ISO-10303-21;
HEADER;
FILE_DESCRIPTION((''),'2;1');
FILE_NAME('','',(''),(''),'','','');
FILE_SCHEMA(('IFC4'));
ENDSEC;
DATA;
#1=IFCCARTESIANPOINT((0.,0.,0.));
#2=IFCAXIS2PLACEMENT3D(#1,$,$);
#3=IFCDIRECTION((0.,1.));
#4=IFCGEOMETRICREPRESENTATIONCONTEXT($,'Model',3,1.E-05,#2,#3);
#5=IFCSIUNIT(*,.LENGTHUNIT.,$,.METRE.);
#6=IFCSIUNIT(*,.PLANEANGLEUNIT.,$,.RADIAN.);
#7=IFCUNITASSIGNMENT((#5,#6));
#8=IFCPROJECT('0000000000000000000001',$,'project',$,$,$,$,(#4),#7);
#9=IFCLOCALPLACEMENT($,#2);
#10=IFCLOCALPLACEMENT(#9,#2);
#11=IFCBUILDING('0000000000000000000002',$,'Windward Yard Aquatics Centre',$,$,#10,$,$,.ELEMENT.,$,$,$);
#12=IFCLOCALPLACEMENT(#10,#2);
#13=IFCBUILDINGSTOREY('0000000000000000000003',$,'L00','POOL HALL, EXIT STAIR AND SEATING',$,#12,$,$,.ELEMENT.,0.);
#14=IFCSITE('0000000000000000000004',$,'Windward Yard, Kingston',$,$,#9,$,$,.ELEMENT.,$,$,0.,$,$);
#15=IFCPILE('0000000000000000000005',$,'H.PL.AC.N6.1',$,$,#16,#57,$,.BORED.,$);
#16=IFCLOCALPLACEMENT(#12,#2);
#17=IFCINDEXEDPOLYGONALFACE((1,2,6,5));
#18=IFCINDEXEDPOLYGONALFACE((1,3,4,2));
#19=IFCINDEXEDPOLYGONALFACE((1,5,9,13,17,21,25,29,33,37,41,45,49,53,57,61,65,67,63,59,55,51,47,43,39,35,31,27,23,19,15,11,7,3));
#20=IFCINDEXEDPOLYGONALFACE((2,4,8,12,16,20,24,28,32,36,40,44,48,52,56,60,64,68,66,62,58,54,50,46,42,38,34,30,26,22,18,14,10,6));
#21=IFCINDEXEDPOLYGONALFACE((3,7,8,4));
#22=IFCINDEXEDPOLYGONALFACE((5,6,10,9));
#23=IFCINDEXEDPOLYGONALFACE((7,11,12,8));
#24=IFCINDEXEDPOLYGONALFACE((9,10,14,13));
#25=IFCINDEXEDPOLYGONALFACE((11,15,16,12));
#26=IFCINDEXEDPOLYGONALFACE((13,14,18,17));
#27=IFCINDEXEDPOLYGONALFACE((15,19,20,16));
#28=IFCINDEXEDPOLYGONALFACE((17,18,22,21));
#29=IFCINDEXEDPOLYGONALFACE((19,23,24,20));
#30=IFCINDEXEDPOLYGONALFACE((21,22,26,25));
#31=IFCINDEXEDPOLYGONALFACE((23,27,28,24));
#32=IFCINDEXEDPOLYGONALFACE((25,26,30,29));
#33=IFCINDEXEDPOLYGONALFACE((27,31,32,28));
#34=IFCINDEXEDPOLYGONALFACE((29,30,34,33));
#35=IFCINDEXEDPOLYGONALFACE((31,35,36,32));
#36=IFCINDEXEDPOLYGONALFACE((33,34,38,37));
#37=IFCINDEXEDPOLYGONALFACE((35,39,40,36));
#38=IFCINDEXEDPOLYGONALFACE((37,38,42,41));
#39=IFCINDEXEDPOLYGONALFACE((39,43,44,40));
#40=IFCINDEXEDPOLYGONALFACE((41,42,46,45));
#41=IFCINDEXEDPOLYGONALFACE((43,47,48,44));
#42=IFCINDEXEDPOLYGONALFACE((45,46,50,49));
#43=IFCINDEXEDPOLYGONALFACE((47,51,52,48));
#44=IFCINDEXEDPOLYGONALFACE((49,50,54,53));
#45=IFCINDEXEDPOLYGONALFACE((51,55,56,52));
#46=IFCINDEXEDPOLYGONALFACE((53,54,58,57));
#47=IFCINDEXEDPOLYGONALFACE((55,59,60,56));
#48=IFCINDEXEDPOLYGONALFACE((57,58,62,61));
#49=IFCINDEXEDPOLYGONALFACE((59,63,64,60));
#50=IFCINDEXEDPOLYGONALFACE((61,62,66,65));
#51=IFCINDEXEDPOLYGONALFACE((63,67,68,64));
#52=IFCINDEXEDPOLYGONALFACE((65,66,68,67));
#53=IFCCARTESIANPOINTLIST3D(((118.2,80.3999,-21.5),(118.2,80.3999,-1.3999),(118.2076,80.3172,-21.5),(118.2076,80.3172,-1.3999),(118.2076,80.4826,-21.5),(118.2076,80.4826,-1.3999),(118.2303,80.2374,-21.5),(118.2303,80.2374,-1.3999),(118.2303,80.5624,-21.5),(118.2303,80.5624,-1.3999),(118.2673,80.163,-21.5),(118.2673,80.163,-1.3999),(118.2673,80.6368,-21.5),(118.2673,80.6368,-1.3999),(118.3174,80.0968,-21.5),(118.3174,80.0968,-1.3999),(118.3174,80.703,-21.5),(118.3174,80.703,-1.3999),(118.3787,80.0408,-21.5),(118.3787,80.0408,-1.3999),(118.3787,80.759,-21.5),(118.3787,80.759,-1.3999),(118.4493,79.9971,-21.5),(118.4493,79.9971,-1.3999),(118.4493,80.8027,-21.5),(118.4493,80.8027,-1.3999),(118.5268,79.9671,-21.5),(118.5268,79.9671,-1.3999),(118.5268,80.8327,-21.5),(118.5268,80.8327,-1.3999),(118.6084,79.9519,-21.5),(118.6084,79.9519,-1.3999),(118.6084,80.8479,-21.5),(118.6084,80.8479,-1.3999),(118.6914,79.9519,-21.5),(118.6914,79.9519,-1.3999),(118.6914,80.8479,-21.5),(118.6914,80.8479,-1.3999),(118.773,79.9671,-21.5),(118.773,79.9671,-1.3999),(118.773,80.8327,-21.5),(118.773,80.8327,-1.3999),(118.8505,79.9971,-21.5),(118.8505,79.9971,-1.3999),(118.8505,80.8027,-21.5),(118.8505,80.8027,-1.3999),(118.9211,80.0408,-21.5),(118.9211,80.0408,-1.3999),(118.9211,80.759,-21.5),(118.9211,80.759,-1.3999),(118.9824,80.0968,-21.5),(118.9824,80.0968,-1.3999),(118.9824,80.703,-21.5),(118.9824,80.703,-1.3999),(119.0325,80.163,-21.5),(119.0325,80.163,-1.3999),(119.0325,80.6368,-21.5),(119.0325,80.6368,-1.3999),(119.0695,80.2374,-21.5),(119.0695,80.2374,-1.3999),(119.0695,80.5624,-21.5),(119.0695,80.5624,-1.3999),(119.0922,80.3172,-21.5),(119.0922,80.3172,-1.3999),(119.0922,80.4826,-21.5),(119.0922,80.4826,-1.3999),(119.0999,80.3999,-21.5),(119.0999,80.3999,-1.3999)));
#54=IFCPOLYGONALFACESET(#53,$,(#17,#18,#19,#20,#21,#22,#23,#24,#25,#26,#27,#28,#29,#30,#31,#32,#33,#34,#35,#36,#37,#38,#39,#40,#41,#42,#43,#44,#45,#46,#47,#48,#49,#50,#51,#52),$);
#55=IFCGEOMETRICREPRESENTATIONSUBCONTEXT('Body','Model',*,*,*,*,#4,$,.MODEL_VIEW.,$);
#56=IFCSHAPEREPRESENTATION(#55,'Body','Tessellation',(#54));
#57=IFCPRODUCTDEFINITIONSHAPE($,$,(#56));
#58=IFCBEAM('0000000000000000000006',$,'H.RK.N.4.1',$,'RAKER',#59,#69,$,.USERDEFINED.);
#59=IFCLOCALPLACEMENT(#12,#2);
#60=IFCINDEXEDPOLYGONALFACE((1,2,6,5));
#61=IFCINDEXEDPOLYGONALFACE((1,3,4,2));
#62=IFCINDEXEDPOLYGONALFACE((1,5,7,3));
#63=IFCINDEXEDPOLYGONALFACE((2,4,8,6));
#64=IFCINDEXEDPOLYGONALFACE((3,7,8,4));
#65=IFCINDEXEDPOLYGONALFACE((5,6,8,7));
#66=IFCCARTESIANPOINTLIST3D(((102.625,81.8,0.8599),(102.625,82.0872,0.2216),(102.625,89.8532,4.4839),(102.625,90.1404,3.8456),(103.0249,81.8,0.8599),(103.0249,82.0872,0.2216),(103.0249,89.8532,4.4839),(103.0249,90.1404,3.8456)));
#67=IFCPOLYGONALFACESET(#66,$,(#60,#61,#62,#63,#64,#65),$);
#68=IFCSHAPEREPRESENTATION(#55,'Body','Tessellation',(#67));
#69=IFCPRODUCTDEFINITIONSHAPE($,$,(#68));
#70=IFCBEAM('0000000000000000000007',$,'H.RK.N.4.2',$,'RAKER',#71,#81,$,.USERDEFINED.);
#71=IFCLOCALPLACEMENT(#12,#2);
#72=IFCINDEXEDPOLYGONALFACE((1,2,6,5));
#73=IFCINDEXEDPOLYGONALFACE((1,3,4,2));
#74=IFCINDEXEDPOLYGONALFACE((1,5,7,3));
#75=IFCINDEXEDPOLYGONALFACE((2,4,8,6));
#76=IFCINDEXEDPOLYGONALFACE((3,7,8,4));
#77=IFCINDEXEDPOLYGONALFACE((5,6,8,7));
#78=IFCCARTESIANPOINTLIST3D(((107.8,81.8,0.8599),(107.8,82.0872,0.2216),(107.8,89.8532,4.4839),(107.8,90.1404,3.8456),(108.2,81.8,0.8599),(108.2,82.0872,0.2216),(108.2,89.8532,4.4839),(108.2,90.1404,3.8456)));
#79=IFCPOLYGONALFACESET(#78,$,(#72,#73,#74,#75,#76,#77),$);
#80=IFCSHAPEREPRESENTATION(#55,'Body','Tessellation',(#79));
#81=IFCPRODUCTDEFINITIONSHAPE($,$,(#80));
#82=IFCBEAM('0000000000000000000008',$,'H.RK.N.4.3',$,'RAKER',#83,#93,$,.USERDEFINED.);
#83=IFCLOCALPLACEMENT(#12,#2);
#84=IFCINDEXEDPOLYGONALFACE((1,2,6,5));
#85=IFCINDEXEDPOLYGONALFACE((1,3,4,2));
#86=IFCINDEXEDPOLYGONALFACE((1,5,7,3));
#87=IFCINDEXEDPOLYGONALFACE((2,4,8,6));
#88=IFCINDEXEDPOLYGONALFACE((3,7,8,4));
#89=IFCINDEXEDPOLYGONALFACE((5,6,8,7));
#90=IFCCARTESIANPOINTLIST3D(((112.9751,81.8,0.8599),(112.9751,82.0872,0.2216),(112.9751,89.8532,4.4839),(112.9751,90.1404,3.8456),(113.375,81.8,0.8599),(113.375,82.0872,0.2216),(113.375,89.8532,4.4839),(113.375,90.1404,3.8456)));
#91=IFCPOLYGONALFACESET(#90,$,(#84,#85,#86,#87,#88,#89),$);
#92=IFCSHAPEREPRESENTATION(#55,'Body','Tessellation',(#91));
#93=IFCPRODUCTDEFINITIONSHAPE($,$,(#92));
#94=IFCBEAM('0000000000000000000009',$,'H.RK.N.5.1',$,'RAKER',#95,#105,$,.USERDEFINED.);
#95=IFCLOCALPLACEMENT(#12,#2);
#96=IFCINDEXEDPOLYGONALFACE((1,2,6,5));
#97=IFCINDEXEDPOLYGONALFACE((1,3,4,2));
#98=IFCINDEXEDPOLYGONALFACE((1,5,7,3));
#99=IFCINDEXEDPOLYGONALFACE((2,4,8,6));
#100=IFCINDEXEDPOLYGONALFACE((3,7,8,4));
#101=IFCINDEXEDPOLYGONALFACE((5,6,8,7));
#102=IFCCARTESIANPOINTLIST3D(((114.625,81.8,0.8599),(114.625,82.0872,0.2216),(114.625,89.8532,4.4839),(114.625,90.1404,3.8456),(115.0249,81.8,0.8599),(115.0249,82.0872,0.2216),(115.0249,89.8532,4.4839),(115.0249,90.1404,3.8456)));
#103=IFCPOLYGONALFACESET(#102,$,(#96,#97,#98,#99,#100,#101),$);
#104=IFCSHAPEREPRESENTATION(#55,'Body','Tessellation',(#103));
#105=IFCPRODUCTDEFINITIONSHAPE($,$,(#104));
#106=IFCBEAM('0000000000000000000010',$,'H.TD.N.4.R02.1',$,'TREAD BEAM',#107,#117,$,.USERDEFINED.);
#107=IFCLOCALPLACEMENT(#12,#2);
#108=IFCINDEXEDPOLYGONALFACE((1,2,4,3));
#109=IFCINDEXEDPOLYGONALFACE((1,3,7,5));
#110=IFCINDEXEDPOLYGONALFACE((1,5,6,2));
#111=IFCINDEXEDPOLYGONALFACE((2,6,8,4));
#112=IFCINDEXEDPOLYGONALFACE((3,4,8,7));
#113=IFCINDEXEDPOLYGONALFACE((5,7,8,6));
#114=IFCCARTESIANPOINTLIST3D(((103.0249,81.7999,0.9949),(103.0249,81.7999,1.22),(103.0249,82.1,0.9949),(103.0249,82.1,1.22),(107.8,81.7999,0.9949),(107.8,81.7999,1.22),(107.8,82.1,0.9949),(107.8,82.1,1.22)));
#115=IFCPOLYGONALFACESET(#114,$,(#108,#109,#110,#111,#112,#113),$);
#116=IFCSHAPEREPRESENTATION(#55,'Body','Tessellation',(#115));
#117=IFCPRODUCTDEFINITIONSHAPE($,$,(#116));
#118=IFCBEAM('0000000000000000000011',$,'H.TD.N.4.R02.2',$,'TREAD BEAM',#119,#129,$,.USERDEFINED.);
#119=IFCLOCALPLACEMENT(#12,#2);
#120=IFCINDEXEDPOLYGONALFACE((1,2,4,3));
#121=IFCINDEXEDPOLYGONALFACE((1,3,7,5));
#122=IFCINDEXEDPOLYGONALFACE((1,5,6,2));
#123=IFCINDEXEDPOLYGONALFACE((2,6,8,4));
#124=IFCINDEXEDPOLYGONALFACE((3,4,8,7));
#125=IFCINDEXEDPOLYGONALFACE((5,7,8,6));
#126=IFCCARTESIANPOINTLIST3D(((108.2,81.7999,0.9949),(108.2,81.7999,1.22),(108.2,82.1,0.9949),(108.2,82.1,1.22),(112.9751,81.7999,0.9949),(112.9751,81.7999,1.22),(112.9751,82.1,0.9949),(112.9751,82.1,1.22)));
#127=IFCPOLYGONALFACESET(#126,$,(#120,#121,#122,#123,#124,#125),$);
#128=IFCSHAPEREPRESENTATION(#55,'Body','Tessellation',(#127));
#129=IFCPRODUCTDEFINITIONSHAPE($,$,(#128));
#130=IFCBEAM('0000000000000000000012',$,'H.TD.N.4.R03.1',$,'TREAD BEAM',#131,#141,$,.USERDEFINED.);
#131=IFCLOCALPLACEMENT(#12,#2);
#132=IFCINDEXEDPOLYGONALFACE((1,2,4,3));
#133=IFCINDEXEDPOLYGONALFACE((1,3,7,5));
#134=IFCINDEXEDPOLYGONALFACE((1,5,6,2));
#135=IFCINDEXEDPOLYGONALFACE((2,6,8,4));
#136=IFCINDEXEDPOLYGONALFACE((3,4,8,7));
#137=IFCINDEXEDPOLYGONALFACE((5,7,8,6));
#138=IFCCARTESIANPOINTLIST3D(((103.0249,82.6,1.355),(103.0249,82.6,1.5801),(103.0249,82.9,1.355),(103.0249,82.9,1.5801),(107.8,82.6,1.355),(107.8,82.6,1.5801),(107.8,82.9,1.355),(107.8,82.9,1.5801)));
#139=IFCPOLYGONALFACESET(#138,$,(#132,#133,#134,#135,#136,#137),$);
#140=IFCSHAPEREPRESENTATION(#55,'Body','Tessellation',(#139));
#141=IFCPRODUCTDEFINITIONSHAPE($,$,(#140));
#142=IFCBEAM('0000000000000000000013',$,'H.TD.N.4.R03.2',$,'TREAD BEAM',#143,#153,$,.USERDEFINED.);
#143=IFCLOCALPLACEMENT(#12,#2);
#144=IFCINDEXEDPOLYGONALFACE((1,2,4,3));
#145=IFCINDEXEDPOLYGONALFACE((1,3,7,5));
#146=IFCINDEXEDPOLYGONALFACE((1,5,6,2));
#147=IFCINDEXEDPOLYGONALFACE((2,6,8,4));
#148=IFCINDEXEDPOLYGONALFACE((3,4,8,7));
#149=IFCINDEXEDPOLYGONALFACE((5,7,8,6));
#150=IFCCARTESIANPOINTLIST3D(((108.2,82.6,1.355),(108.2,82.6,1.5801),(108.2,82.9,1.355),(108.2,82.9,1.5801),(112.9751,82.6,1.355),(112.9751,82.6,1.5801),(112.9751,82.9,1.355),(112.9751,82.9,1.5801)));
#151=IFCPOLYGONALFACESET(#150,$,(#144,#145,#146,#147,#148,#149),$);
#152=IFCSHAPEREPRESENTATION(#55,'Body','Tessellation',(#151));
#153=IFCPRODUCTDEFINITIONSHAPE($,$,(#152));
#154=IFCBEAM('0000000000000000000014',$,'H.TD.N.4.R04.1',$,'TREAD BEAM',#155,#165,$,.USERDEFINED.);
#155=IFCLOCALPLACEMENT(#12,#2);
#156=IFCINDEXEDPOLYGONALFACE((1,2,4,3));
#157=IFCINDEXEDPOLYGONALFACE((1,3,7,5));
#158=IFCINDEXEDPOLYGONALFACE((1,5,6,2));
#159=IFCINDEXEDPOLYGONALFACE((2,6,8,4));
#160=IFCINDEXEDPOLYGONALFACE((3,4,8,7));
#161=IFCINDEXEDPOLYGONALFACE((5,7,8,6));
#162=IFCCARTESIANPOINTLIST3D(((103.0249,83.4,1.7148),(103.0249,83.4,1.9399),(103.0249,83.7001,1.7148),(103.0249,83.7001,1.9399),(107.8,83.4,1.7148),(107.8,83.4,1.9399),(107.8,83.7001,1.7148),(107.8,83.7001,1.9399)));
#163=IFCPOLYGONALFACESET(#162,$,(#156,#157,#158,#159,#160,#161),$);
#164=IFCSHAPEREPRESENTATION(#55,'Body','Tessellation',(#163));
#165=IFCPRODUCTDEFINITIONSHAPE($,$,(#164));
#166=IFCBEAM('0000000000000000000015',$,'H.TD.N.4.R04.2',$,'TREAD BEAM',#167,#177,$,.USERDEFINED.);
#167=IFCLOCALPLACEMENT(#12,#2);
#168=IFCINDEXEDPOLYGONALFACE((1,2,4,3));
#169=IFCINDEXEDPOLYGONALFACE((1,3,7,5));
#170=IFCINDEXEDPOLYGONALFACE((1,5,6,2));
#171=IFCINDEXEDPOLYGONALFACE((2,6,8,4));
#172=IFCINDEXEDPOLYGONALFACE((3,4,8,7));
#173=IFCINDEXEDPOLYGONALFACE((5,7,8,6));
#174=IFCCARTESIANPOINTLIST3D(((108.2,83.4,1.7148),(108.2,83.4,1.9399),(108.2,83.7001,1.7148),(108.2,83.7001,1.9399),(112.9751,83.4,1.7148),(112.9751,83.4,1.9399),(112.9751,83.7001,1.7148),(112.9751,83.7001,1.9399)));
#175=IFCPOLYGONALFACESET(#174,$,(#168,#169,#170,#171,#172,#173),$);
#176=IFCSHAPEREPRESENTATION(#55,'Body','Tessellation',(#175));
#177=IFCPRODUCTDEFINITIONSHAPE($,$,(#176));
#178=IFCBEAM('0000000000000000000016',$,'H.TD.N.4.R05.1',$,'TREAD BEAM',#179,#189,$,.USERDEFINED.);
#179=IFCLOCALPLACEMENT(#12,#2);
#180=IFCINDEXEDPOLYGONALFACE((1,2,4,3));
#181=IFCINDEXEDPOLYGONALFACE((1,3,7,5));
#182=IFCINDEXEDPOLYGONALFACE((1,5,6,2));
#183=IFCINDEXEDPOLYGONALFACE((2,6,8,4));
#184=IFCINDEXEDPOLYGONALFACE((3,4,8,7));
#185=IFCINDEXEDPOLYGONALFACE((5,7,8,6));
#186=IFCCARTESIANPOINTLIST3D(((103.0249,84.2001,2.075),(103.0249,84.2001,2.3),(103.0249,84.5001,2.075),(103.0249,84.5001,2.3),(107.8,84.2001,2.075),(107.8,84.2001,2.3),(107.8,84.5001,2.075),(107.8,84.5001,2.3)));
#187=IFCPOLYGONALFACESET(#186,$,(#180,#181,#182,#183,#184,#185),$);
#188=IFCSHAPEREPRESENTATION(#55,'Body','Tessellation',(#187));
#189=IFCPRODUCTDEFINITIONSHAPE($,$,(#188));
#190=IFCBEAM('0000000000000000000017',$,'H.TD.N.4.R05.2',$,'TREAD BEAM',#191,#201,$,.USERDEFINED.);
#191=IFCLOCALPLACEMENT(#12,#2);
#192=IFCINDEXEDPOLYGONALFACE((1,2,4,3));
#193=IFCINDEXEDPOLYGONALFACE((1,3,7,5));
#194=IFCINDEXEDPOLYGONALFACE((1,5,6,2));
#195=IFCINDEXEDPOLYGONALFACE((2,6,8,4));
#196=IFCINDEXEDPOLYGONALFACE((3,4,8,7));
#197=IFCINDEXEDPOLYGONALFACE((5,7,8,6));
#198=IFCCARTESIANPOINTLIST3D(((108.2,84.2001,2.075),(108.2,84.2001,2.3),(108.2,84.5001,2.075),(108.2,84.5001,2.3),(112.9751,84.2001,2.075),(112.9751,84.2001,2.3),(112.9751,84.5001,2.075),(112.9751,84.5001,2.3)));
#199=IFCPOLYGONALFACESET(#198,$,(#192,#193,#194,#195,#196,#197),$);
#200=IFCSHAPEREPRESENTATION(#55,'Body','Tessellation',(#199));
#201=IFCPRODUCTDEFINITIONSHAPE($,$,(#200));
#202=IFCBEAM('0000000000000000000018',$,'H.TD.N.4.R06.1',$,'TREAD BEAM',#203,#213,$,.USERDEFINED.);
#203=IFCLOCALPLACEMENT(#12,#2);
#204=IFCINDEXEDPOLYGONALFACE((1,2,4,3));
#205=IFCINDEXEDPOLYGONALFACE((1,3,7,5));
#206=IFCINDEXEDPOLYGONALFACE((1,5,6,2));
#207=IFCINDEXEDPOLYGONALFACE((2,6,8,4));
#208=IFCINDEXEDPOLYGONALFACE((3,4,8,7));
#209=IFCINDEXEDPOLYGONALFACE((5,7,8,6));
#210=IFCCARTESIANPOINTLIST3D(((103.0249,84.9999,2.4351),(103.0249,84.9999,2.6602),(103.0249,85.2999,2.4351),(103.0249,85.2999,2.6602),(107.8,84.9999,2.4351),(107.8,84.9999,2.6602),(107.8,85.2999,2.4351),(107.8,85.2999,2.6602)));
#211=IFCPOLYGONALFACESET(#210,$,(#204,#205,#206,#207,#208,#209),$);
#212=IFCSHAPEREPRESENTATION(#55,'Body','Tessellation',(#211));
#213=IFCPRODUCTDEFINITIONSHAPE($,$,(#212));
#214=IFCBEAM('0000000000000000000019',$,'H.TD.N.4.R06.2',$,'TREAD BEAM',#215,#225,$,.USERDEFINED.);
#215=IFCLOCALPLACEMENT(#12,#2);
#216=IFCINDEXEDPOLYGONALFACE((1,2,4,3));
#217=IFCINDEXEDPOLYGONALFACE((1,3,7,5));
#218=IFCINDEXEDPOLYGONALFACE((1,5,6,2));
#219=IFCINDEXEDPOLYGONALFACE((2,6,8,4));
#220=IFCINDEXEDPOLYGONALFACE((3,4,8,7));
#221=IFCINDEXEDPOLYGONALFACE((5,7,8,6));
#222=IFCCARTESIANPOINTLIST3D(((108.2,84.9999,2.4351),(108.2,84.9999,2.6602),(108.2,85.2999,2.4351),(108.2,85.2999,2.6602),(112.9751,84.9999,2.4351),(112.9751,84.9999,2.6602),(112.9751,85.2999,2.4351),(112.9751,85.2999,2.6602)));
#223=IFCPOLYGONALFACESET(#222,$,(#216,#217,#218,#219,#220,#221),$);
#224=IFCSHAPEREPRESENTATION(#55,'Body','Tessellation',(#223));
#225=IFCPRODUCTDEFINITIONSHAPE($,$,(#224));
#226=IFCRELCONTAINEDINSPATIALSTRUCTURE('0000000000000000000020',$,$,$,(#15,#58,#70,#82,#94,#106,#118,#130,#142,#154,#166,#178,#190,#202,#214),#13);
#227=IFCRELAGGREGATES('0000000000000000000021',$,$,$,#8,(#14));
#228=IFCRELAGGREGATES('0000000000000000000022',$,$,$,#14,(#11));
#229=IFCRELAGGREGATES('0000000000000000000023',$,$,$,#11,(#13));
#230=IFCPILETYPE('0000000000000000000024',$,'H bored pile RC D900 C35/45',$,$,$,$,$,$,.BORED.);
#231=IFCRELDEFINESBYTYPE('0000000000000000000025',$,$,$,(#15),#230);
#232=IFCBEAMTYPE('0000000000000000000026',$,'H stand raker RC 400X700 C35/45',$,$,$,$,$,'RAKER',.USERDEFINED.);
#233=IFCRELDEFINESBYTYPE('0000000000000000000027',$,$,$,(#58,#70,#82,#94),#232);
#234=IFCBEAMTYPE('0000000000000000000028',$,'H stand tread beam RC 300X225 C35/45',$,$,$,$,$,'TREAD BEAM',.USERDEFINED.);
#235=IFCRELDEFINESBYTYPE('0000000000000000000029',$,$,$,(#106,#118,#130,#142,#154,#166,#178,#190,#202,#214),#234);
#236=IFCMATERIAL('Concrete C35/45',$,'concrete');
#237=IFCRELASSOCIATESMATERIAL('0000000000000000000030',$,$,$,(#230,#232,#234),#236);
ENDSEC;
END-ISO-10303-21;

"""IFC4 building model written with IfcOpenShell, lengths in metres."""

from ifc_helpers import new_model, si_unit, direction, frame, origin, origin_2d, place, context, subcontext, project, spatial, rectangle, circle, extrude, material, material_profile, profile_set, type_object, element, save


model = new_model("IFC4")

# Units and contexts
model_context = context("Model", 3, precision=1e-05, world=origin(), true_north=direction((0.0, 1.0)))
body_context = subcontext(model_context, "Body", "Model", "MODEL_VIEW")
ifc_project = project(units=[si_unit("LENGTHUNIT", "METRE"), si_unit("PLANEANGLEUNIT", "RADIAN")], contexts=[model_context])

# Site, building, storey
site_placement = place(None, origin())
site = spatial("IfcSite", under=ifc_project, at=site_placement, Name="Windward Yard, Kingston", CompositionType="ELEMENT", RefElevation=0.0)
building_placement = place(site_placement, origin())
building = spatial("IfcBuilding", under=site, at=building_placement, Name="Windward Yard Aquatics Centre", CompositionType="ELEMENT")
storey_placement = place(building_placement, origin())
storey = spatial("IfcBuildingStorey", under=building, at=storey_placement, Name="L00", Description="POOL HALL, EXIT STAIR AND SEATING", CompositionType="ELEMENT", Elevation=0.0)

# Pile
ifc_material_1 = material(Name="Concrete C35/45", Category="concrete")
ifc_material_profile_1 = material_profile(ifc_material_1, circle(Radius=0.45, at=origin_2d()), Name="RC D900")
ifc_profile_set_1 = profile_set([ifc_material_profile_1], Name="Concrete C35/45")
pile_type = type_object("IfcPileType", Name="H bored pile RC D900 C35/45", PredefinedType="BORED", material=ifc_profile_set_1)
for number, where, z_axis, x_axis, name in (
    (1, (118.6499, 80.3999, -1.3999), (0.0, 0.0, -1.0), (1.0, 0.0, 0.0), "H.PL.AC.N6.1"),
):
    element("IfcPile", number, at=place(storey_placement, frame(where, z_axis=z_axis, x_axis=x_axis)), inside=storey, type_object=pile_type, Name=name, PredefinedType="BORED", context=body_context, shape_type="SweptSolid", body=[
        extrude(circle(Radius=0.45, at=origin_2d()), origin(), (0.0, 0.0, 1.0), 20.1001),
    ])

# Beams
ifc_material_profile_2 = material_profile(ifc_material_1, rectangle(XDim=0.3999, YDim=0.7, at=origin_2d()), Name="RC 400X700")
ifc_profile_set_2 = profile_set([ifc_material_profile_2], Name="Concrete C35/45")
beam_type_1 = type_object("IfcBeamType", Name="H stand raker RC 400X700 C35/45", ElementType="RAKER", PredefinedType="USERDEFINED", material=ifc_profile_set_2)
for number, where, z_axis, x_axis, name in (
    (2, (102.825, 81.9436, 0.5408), (0.0, 0.911918, 0.410372), (-1.0, 0.0, 0.0), "H.RK.N.4.1"),
    (3, (108.0, 81.9436, 0.5408), (0.0, 0.911918, 0.410372), (-1.0, 0.0, 0.0), "H.RK.N.4.2"),
    (4, (113.175, 81.9436, 0.5408), (0.0, 0.911918, 0.410372), (-1.0, 0.0, 0.0), "H.RK.N.4.3"),
    (5, (114.825, 81.9436, 0.5408), (0.0, 0.911918, 0.410372), (-1.0, 0.0, 0.0), "H.RK.N.5.1"),
):
    element("IfcBeam", number, at=place(storey_placement, frame(where, z_axis=z_axis, x_axis=x_axis)), inside=storey, type_object=beam_type_1, Name=name, ObjectType="RAKER", PredefinedType="USERDEFINED", context=body_context, shape_type="SweptSolid", body=[
        extrude(rectangle(XDim=0.3999, YDim=0.7, at=origin_2d()), origin(), (0.0, 0.0, 1.0), 8.8311),
    ])
ifc_material_profile_3 = material_profile(ifc_material_1, rectangle(XDim=0.3, YDim=0.2251, at=origin_2d()), Name="RC 300X225")
ifc_profile_set_3 = profile_set([ifc_material_profile_3], Name="Concrete C35/45")
beam_type_2 = type_object("IfcBeamType", Name="H stand tread beam RC 300X225 C35/45", ElementType="TREAD BEAM", PredefinedType="USERDEFINED", material=ifc_profile_set_3)
for number, where, z_axis, x_axis, name in (
    (6, (103.0249, 81.95, 1.1074), (1.0, 0.0, 0.0), (0.0, 1.0, 0.0), "H.TD.N.4.R02.1"),
    (7, (108.2, 81.95, 1.1074), (1.0, 0.0, 0.0), (0.0, 1.0, 0.0), "H.TD.N.4.R02.2"),
    (8, (103.0249, 82.75, 1.4675), (1.0, 0.0, 0.0), (0.0, 1.0, 0.0), "H.TD.N.4.R03.1"),
    (9, (108.2, 82.75, 1.4675), (1.0, 0.0, 0.0), (0.0, 1.0, 0.0), "H.TD.N.4.R03.2"),
    (10, (103.0249, 83.55, 1.8274), (1.0, 0.0, 0.0), (0.0, 1.0, 0.0), "H.TD.N.4.R04.1"),
    (11, (108.2, 83.55, 1.8274), (1.0, 0.0, 0.0), (0.0, 1.0, 0.0), "H.TD.N.4.R04.2"),
    (12, (103.0249, 84.3501, 2.1875), (1.0, 0.0, 0.0), (0.0, 1.0, 0.0), "H.TD.N.4.R05.1"),
    (13, (108.2, 84.3501, 2.1875), (1.0, 0.0, 0.0), (0.0, 1.0, 0.0), "H.TD.N.4.R05.2"),
    (14, (103.0249, 85.1499, 2.5476), (1.0, 0.0, 0.0), (0.0, 1.0, 0.0), "H.TD.N.4.R06.1"),
    (15, (108.2, 85.1499, 2.5476), (1.0, 0.0, 0.0), (0.0, 1.0, 0.0), "H.TD.N.4.R06.2"),
):
    element("IfcBeam", number, at=place(storey_placement, frame(where, z_axis=z_axis, x_axis=x_axis)), inside=storey, type_object=beam_type_2, Name=name, ObjectType="TREAD BEAM", PredefinedType="USERDEFINED", context=body_context, shape_type="SweptSolid", body=[
        extrude(rectangle(XDim=0.3, YDim=0.2251, at=origin_2d()), origin(), (0.0, 0.0, 1.0), 4.7751),
    ])

save(model, "model.ifc")
